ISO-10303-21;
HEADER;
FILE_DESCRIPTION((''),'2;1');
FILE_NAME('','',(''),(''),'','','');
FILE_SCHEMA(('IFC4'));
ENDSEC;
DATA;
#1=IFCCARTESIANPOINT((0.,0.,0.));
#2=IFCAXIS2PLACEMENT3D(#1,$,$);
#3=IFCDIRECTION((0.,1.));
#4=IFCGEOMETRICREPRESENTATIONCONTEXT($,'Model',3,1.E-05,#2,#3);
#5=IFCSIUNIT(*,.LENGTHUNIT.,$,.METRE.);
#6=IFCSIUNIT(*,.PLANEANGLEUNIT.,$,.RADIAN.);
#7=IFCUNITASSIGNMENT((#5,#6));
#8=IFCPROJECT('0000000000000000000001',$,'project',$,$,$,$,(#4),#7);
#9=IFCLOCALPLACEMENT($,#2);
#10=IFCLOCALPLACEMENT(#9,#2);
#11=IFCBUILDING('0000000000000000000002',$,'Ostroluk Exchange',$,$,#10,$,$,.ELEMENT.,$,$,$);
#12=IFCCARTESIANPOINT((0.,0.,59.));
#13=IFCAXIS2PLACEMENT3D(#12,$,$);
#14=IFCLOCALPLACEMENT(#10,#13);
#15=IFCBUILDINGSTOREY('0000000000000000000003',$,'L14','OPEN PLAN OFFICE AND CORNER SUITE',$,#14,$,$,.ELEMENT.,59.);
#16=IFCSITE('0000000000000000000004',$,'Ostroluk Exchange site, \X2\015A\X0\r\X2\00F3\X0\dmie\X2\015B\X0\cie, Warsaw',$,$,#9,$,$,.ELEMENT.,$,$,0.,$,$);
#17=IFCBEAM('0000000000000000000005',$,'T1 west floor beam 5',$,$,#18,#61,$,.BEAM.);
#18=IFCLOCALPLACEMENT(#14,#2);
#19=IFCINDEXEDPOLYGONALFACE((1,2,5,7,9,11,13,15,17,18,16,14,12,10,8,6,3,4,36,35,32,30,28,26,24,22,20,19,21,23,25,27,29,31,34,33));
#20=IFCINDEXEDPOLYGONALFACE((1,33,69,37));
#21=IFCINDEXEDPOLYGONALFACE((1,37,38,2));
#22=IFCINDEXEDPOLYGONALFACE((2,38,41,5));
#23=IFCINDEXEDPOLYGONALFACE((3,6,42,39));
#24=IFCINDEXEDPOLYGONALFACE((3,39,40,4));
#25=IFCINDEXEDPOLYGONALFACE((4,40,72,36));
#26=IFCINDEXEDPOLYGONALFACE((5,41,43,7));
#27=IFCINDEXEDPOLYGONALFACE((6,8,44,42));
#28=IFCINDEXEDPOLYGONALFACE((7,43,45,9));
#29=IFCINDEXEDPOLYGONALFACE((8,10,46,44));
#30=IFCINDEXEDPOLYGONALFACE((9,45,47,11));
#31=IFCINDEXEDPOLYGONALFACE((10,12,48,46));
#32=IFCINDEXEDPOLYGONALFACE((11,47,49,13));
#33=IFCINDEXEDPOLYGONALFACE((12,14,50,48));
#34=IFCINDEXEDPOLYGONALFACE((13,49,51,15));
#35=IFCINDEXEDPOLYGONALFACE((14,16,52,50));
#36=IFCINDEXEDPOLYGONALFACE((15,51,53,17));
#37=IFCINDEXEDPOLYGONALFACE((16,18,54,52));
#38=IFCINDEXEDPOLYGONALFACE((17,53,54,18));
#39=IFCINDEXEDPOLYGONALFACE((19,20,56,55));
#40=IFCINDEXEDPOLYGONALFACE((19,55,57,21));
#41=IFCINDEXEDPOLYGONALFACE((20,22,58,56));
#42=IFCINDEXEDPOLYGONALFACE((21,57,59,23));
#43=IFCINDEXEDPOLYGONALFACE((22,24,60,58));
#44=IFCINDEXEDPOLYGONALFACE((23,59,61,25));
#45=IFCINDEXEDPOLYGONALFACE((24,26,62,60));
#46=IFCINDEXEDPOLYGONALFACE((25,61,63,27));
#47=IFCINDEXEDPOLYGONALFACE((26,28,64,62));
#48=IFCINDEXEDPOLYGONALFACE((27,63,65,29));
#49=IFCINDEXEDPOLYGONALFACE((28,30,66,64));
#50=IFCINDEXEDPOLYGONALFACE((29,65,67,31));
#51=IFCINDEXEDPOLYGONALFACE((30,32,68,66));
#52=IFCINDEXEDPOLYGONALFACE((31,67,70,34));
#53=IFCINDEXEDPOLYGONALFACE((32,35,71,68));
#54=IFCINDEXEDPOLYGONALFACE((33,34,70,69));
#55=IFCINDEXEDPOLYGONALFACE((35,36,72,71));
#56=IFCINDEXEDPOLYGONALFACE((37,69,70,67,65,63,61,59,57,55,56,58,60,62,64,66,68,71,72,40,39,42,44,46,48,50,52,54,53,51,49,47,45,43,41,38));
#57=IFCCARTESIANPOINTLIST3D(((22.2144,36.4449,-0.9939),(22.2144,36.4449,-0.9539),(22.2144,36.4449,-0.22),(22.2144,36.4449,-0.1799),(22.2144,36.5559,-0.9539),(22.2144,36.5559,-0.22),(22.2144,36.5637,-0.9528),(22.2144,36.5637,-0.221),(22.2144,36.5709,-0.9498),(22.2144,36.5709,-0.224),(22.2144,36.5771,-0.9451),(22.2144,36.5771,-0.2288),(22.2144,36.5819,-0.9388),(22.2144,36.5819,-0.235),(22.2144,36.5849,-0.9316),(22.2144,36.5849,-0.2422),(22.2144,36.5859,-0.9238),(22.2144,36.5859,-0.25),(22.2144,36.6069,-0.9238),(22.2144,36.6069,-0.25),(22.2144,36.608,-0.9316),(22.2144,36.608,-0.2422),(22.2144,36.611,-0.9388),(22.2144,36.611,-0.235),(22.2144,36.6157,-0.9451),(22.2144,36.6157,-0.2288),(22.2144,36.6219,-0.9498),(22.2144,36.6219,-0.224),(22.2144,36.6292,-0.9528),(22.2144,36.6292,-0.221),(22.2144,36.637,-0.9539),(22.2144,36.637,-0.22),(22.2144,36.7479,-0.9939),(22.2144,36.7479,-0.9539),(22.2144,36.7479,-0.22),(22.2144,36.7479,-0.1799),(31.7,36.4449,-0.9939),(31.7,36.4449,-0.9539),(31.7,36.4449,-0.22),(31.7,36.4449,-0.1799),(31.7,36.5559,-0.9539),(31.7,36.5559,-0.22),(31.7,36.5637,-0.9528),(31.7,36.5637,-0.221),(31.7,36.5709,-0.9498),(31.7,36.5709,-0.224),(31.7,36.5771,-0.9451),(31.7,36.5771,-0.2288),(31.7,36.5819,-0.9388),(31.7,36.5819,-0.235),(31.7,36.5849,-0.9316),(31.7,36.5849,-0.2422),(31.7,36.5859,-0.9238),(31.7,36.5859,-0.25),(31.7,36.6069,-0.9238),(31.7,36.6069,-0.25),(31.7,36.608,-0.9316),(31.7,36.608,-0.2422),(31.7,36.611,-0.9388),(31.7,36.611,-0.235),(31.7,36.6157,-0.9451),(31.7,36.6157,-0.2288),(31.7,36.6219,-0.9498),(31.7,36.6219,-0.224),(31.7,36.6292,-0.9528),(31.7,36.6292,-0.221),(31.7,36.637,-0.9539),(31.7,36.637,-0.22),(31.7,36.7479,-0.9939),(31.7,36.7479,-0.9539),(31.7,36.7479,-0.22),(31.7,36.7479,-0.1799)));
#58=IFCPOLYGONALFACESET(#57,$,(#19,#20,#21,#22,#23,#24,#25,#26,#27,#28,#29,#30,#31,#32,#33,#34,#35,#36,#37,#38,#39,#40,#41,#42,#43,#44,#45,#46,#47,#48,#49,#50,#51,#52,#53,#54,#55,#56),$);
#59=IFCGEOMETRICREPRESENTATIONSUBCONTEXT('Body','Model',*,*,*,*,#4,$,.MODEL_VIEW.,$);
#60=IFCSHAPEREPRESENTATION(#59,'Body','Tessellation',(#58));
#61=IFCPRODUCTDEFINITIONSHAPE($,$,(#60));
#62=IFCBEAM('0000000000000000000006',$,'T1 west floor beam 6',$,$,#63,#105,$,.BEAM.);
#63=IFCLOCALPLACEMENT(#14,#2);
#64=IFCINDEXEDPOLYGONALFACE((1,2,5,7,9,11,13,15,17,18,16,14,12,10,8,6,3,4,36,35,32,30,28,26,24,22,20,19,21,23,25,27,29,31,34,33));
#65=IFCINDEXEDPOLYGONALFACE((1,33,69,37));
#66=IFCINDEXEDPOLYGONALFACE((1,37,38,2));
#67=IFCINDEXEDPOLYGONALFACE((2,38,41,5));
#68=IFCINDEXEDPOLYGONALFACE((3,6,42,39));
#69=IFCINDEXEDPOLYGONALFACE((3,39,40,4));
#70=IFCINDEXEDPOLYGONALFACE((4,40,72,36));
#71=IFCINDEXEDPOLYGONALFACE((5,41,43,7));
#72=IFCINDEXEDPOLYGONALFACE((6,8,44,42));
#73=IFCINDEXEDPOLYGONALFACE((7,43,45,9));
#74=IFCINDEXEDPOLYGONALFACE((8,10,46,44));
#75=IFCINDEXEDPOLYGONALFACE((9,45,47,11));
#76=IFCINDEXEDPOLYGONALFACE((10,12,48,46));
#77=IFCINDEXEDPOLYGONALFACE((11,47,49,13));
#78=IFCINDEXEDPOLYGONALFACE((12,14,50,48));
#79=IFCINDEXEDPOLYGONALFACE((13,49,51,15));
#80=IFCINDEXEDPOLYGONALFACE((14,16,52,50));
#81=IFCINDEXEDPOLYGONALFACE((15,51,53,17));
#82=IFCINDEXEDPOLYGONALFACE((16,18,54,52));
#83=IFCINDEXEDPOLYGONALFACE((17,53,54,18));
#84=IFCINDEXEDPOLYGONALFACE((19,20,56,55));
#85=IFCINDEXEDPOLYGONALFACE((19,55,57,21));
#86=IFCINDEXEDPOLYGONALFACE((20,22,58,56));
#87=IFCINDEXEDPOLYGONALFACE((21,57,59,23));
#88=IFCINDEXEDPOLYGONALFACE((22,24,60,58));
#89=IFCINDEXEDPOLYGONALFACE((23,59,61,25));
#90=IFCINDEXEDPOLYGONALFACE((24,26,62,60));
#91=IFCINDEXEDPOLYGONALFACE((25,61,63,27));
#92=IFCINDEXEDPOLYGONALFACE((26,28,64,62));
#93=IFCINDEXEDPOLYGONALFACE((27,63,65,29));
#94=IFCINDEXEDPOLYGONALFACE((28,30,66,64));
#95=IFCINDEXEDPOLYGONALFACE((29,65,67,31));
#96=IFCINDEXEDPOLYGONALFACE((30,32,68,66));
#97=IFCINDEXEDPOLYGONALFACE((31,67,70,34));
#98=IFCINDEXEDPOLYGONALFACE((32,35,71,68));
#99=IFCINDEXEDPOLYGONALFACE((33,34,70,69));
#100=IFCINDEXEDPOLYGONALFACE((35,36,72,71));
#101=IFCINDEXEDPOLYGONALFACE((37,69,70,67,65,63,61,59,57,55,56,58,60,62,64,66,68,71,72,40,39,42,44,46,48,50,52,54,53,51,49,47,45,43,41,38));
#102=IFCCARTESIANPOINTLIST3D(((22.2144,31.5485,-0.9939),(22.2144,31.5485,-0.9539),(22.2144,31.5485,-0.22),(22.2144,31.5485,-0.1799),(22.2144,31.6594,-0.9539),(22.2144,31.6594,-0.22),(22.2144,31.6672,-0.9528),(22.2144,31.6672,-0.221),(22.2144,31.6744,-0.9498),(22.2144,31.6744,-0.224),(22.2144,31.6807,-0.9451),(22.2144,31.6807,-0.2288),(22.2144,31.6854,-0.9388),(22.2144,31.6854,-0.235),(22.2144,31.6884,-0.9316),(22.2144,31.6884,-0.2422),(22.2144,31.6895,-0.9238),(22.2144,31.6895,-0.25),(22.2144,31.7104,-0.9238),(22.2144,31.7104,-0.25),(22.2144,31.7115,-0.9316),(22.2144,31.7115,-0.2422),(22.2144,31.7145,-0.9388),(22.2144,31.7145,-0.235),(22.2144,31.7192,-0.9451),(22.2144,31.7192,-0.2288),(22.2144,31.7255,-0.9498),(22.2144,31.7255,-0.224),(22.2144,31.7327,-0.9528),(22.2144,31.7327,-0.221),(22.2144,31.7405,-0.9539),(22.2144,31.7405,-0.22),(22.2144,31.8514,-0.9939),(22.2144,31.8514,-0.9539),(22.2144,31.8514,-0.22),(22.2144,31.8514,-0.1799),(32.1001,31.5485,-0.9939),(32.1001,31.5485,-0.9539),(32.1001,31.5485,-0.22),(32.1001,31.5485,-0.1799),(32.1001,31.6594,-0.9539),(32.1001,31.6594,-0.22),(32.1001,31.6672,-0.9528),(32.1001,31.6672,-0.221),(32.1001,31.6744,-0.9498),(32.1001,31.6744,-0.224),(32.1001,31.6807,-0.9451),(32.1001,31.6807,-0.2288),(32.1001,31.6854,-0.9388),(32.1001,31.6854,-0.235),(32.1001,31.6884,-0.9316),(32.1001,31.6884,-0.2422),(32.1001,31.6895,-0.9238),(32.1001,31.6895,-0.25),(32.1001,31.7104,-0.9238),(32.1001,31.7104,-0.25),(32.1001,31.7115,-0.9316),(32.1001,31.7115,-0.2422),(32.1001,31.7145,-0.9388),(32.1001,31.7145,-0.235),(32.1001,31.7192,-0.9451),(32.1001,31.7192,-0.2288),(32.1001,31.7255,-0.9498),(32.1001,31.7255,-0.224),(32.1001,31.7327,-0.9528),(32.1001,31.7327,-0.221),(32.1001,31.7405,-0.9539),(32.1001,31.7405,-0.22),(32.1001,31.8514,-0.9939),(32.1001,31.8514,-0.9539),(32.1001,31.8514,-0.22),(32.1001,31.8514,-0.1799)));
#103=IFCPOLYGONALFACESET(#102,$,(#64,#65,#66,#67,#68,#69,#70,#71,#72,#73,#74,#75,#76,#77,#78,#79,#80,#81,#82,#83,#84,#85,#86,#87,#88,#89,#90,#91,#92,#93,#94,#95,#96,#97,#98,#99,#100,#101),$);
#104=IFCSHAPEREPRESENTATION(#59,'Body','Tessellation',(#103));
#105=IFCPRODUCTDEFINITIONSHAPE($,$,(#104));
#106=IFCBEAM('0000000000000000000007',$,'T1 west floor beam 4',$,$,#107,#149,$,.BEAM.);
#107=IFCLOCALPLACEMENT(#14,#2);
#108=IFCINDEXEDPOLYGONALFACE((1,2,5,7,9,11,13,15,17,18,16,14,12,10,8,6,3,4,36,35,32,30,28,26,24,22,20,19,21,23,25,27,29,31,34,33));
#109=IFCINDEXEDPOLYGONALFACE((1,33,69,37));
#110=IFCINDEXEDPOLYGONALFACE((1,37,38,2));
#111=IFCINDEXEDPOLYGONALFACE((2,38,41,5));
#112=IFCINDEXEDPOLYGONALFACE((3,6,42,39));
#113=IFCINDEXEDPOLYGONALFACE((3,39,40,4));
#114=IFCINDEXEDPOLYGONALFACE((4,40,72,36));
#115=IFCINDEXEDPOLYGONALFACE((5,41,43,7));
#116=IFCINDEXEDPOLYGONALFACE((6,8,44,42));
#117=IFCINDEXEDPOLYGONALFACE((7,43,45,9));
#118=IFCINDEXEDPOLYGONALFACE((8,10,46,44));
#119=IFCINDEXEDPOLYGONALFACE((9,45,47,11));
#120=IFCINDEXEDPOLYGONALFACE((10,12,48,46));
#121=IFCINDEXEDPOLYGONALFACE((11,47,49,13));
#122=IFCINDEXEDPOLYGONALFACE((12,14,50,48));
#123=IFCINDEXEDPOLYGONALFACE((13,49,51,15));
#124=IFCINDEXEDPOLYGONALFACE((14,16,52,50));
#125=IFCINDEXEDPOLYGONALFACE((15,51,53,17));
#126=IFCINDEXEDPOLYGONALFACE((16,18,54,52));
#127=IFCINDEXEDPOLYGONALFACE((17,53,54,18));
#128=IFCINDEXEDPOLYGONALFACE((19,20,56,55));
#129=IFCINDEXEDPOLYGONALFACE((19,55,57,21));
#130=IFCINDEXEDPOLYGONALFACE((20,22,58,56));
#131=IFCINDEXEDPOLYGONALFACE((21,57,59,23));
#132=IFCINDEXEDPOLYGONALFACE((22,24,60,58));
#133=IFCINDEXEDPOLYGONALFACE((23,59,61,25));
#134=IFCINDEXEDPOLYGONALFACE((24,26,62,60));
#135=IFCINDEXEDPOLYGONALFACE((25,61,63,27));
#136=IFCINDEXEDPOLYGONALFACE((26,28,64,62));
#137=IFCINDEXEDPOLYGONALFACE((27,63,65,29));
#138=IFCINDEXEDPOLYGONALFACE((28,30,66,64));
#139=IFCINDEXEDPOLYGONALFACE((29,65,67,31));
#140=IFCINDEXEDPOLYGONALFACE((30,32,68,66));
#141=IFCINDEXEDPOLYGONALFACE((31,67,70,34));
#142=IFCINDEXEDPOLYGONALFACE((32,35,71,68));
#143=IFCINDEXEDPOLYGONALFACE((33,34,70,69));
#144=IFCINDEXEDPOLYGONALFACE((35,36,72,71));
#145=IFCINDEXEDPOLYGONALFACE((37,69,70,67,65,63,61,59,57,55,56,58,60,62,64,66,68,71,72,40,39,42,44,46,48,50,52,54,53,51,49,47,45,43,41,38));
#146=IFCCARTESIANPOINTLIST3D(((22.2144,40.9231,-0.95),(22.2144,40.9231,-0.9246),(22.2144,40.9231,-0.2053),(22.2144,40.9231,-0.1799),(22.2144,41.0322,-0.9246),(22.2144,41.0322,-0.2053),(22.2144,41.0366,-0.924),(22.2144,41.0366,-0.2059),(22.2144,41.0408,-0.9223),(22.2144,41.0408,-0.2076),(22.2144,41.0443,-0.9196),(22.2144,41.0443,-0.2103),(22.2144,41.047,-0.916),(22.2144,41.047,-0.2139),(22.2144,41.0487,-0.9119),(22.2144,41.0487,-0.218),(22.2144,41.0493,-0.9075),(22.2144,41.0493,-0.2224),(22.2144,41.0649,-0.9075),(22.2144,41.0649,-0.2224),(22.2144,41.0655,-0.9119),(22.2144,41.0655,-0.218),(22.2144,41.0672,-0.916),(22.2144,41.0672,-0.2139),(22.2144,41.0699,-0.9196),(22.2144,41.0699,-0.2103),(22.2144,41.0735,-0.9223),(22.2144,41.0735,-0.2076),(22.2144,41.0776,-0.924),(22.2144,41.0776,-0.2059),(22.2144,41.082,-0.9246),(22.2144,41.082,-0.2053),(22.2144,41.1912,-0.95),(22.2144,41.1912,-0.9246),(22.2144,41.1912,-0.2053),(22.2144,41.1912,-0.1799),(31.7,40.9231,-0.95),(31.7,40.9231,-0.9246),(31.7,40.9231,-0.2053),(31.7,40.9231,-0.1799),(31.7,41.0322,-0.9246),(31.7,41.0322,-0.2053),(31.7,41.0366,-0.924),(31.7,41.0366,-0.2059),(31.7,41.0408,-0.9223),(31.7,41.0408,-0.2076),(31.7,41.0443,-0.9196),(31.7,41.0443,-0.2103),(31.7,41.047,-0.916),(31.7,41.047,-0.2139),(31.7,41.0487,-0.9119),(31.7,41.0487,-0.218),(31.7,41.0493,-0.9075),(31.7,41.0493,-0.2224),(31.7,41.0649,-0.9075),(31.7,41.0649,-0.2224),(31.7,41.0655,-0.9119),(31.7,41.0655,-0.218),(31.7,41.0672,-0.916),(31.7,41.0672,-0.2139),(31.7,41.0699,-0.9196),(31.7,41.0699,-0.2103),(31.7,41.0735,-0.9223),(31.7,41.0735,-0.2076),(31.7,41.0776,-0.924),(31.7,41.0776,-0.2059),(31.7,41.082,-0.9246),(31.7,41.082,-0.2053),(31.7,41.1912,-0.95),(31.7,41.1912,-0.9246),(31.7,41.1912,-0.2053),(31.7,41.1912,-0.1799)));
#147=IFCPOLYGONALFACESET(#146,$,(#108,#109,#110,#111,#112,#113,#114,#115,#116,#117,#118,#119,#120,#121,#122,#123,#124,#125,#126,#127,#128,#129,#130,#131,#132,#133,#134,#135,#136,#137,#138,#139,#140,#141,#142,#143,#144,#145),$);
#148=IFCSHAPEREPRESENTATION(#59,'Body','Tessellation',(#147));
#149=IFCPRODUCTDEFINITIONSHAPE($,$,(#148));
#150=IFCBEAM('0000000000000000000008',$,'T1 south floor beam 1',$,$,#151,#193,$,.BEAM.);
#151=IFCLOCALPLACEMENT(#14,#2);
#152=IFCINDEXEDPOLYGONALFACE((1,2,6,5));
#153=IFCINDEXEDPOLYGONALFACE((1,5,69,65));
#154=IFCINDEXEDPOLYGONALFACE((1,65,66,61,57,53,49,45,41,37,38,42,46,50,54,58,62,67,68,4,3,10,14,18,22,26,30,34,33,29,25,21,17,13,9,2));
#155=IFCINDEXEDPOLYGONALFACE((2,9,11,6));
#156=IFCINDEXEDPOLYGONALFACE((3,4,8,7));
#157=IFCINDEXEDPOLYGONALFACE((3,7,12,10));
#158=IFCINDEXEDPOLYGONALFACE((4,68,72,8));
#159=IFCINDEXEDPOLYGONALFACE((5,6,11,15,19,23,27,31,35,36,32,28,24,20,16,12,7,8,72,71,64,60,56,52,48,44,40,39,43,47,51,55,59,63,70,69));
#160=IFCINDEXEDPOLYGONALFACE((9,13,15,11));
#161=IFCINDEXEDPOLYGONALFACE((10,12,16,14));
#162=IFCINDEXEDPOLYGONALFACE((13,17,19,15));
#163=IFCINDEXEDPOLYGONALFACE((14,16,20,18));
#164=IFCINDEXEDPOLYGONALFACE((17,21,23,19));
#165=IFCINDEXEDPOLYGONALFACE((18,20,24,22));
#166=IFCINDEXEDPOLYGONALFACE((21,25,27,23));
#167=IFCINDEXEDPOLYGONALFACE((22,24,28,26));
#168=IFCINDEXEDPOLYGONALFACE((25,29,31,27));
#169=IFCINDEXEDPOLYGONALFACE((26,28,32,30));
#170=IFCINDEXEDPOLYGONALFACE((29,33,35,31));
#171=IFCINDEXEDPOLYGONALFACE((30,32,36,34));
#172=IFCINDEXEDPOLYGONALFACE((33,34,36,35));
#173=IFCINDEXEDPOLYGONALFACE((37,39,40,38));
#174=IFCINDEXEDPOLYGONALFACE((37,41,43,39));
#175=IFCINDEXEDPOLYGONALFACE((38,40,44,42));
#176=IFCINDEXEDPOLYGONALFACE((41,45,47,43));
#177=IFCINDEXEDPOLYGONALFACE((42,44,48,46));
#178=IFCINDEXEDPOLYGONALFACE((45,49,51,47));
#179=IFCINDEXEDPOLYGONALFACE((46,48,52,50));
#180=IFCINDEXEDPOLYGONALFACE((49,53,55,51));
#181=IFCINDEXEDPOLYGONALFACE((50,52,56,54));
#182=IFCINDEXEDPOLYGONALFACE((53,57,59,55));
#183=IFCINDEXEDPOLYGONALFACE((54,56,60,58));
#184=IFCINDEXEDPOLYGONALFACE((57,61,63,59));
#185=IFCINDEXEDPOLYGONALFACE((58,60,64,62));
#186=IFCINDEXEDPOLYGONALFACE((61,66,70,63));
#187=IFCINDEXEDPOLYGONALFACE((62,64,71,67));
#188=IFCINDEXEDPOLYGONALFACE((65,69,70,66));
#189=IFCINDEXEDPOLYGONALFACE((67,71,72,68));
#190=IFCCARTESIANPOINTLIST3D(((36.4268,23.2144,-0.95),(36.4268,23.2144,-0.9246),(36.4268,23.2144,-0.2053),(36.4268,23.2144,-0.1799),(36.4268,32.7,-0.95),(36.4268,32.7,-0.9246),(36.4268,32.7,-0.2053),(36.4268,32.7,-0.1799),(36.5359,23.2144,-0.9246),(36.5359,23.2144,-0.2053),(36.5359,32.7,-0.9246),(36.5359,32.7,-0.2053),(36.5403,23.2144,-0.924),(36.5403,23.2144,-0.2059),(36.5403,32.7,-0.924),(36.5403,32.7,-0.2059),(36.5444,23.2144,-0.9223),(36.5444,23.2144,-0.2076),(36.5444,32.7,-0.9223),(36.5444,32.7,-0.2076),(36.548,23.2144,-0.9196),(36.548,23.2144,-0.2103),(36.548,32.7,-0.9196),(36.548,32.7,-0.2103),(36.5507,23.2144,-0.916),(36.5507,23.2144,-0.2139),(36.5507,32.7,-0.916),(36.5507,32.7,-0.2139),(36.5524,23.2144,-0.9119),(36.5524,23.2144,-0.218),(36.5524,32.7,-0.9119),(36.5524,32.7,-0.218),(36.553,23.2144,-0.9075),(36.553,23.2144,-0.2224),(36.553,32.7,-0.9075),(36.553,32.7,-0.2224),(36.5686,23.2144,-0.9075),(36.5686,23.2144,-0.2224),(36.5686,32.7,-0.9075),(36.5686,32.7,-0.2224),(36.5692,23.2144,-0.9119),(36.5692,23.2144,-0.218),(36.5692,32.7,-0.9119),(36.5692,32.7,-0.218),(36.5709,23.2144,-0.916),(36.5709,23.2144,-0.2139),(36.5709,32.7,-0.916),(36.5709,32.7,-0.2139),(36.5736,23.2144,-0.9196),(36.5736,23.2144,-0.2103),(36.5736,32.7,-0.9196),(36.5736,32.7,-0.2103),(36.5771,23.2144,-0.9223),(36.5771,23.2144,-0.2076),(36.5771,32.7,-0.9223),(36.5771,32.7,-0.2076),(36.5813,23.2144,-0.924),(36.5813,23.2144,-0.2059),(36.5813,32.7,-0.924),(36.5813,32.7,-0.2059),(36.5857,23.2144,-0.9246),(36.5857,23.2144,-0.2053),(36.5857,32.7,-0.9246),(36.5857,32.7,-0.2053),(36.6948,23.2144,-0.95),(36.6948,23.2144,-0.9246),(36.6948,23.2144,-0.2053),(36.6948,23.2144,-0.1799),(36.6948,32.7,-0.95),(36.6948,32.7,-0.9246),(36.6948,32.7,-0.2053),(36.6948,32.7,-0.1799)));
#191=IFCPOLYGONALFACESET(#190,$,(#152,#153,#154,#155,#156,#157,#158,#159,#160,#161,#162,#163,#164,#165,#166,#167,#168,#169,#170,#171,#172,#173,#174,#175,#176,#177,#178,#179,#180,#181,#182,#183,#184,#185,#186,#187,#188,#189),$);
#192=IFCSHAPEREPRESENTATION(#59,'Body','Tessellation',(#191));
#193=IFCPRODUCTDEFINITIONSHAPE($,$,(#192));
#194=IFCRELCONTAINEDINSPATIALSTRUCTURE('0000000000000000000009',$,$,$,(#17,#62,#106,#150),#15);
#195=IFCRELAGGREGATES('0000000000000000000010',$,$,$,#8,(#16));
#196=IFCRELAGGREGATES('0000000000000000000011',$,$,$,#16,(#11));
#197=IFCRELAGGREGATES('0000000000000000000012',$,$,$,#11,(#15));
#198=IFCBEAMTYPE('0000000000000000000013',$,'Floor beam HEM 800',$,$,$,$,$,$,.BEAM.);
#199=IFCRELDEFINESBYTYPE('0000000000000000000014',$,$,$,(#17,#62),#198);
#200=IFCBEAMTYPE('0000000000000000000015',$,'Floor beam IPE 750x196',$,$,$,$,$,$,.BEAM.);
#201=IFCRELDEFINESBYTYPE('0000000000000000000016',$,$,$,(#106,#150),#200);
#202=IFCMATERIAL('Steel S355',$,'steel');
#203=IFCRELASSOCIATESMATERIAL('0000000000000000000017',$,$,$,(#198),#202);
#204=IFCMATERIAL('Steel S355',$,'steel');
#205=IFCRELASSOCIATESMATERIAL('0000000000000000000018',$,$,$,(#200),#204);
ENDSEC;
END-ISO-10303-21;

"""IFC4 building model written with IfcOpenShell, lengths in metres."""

from ifc_helpers import new_model, si_unit, direction, frame, origin, origin_2d, place, context, subcontext, project, spatial, i_section, extrude, material, material_profile, profile_set, type_object, element, save


model = new_model("IFC4")

# Units and contexts
model_context = context("Model", 3, precision=1e-05, world=origin(), true_north=direction((0.0, 1.0)))
body_context = subcontext(model_context, "Body", "Model", "MODEL_VIEW")
ifc_project = project(units=[si_unit("LENGTHUNIT", "METRE"), si_unit("PLANEANGLEUNIT", "RADIAN")], contexts=[model_context])

# Site, building, storey
site_placement = place(None, origin())
site = spatial("IfcSite", under=ifc_project, at=site_placement, Name="Ostroluk Exchange site, Śródmieście, Warsaw", CompositionType="ELEMENT", RefElevation=0.0)
building_placement = place(site_placement, origin())
building = spatial("IfcBuilding", under=site, at=building_placement, Name="Ostroluk Exchange", CompositionType="ELEMENT")
storey_placement = place(building_placement, frame((0.0, 0.0, 59.0)))
storey = spatial("IfcBuildingStorey", under=building, at=storey_placement, Name="L14", Description="OPEN PLAN OFFICE AND CORNER SUITE", CompositionType="ELEMENT", Elevation=59.0)

# Beams
ifc_material_1 = material(Name="Steel S355", Category="steel")
ifc_material_profile_1 = material_profile(ifc_material_1, i_section(OverallWidth=0.303, OverallDepth=0.814, WebThickness=0.021, FlangeThickness=0.04, FilletRadius=0.03, at=origin_2d()), Name="HEM 800")
ifc_profile_set_1 = profile_set([ifc_material_profile_1], Name="Steel S355")
beam_type_1 = type_object("IfcBeamType", Name="Floor beam HEM 800", PredefinedType="BEAM", material=ifc_profile_set_1)
beam_1_placement = place(storey_placement, frame((31.7, 36.5964, -0.5869), z_axis=(-1.0, 0.0, 0.0), x_axis=(0.0, -1.0, 0.0)))
element("IfcBeam", 1, at=beam_1_placement, inside=storey, type_object=beam_type_1, Name="T1 west floor beam 5", PredefinedType="BEAM", context=body_context, shape_type="SweptSolid", body=[
    extrude(i_section(OverallWidth=0.303, OverallDepth=0.814, WebThickness=0.021, FlangeThickness=0.04, FilletRadius=0.03, at=origin_2d()), origin(), (0.0, 0.0, 1.0), 9.4856),
])
beam_2_placement = place(storey_placement, frame((32.1001, 31.7, -0.5869), z_axis=(-1.0, 0.0, 0.0), x_axis=(0.0, -1.0, 0.0)))
element("IfcBeam", 2, at=beam_2_placement, inside=storey, type_object=beam_type_1, Name="T1 west floor beam 6", PredefinedType="BEAM", context=body_context, shape_type="SweptSolid", body=[
    extrude(i_section(OverallWidth=0.303, OverallDepth=0.814, WebThickness=0.021, FlangeThickness=0.04, FilletRadius=0.03, at=origin_2d()), origin(), (0.0, 0.0, 1.0), 9.8857),
])
ifc_material_2 = material(Name="Steel S355", Category="steel")
ifc_material_profile_2 = material_profile(ifc_material_2, i_section(OverallWidth=0.2681, OverallDepth=0.77, WebThickness=0.0156, FlangeThickness=0.0254, FilletRadius=0.0171, at=origin_2d()), Name="IPE 750x196")
ifc_profile_set_2 = profile_set([ifc_material_profile_2], Name="Steel S355")
beam_type_2 = type_object("IfcBeamType", Name="Floor beam IPE 750x196", PredefinedType="BEAM", material=ifc_profile_set_2)
for number, where, z_axis, x_axis, name in (
    (3, (31.7, 41.0571, -0.5649), (-1.0, 0.0, 0.0), (0.0, -1.0, 0.0), "T1 west floor beam 4"),
    (4, (36.5608, 32.7, -0.5649), (0.0, -1.0, 0.0), (1.0, 0.0, 0.0), "T1 south floor beam 1"),
):
    element("IfcBeam", number, at=place(storey_placement, frame(where, z_axis=z_axis, x_axis=x_axis)), inside=storey, type_object=beam_type_2, Name=name, PredefinedType="BEAM", context=body_context, shape_type="SweptSolid", body=[
        extrude(i_section(OverallWidth=0.2681, OverallDepth=0.77, WebThickness=0.0156, FlangeThickness=0.0254, FilletRadius=0.0171, at=origin_2d()), origin(), (0.0, 0.0, 1.0), 9.4856),
    ])

save(model, "model.ifc")
